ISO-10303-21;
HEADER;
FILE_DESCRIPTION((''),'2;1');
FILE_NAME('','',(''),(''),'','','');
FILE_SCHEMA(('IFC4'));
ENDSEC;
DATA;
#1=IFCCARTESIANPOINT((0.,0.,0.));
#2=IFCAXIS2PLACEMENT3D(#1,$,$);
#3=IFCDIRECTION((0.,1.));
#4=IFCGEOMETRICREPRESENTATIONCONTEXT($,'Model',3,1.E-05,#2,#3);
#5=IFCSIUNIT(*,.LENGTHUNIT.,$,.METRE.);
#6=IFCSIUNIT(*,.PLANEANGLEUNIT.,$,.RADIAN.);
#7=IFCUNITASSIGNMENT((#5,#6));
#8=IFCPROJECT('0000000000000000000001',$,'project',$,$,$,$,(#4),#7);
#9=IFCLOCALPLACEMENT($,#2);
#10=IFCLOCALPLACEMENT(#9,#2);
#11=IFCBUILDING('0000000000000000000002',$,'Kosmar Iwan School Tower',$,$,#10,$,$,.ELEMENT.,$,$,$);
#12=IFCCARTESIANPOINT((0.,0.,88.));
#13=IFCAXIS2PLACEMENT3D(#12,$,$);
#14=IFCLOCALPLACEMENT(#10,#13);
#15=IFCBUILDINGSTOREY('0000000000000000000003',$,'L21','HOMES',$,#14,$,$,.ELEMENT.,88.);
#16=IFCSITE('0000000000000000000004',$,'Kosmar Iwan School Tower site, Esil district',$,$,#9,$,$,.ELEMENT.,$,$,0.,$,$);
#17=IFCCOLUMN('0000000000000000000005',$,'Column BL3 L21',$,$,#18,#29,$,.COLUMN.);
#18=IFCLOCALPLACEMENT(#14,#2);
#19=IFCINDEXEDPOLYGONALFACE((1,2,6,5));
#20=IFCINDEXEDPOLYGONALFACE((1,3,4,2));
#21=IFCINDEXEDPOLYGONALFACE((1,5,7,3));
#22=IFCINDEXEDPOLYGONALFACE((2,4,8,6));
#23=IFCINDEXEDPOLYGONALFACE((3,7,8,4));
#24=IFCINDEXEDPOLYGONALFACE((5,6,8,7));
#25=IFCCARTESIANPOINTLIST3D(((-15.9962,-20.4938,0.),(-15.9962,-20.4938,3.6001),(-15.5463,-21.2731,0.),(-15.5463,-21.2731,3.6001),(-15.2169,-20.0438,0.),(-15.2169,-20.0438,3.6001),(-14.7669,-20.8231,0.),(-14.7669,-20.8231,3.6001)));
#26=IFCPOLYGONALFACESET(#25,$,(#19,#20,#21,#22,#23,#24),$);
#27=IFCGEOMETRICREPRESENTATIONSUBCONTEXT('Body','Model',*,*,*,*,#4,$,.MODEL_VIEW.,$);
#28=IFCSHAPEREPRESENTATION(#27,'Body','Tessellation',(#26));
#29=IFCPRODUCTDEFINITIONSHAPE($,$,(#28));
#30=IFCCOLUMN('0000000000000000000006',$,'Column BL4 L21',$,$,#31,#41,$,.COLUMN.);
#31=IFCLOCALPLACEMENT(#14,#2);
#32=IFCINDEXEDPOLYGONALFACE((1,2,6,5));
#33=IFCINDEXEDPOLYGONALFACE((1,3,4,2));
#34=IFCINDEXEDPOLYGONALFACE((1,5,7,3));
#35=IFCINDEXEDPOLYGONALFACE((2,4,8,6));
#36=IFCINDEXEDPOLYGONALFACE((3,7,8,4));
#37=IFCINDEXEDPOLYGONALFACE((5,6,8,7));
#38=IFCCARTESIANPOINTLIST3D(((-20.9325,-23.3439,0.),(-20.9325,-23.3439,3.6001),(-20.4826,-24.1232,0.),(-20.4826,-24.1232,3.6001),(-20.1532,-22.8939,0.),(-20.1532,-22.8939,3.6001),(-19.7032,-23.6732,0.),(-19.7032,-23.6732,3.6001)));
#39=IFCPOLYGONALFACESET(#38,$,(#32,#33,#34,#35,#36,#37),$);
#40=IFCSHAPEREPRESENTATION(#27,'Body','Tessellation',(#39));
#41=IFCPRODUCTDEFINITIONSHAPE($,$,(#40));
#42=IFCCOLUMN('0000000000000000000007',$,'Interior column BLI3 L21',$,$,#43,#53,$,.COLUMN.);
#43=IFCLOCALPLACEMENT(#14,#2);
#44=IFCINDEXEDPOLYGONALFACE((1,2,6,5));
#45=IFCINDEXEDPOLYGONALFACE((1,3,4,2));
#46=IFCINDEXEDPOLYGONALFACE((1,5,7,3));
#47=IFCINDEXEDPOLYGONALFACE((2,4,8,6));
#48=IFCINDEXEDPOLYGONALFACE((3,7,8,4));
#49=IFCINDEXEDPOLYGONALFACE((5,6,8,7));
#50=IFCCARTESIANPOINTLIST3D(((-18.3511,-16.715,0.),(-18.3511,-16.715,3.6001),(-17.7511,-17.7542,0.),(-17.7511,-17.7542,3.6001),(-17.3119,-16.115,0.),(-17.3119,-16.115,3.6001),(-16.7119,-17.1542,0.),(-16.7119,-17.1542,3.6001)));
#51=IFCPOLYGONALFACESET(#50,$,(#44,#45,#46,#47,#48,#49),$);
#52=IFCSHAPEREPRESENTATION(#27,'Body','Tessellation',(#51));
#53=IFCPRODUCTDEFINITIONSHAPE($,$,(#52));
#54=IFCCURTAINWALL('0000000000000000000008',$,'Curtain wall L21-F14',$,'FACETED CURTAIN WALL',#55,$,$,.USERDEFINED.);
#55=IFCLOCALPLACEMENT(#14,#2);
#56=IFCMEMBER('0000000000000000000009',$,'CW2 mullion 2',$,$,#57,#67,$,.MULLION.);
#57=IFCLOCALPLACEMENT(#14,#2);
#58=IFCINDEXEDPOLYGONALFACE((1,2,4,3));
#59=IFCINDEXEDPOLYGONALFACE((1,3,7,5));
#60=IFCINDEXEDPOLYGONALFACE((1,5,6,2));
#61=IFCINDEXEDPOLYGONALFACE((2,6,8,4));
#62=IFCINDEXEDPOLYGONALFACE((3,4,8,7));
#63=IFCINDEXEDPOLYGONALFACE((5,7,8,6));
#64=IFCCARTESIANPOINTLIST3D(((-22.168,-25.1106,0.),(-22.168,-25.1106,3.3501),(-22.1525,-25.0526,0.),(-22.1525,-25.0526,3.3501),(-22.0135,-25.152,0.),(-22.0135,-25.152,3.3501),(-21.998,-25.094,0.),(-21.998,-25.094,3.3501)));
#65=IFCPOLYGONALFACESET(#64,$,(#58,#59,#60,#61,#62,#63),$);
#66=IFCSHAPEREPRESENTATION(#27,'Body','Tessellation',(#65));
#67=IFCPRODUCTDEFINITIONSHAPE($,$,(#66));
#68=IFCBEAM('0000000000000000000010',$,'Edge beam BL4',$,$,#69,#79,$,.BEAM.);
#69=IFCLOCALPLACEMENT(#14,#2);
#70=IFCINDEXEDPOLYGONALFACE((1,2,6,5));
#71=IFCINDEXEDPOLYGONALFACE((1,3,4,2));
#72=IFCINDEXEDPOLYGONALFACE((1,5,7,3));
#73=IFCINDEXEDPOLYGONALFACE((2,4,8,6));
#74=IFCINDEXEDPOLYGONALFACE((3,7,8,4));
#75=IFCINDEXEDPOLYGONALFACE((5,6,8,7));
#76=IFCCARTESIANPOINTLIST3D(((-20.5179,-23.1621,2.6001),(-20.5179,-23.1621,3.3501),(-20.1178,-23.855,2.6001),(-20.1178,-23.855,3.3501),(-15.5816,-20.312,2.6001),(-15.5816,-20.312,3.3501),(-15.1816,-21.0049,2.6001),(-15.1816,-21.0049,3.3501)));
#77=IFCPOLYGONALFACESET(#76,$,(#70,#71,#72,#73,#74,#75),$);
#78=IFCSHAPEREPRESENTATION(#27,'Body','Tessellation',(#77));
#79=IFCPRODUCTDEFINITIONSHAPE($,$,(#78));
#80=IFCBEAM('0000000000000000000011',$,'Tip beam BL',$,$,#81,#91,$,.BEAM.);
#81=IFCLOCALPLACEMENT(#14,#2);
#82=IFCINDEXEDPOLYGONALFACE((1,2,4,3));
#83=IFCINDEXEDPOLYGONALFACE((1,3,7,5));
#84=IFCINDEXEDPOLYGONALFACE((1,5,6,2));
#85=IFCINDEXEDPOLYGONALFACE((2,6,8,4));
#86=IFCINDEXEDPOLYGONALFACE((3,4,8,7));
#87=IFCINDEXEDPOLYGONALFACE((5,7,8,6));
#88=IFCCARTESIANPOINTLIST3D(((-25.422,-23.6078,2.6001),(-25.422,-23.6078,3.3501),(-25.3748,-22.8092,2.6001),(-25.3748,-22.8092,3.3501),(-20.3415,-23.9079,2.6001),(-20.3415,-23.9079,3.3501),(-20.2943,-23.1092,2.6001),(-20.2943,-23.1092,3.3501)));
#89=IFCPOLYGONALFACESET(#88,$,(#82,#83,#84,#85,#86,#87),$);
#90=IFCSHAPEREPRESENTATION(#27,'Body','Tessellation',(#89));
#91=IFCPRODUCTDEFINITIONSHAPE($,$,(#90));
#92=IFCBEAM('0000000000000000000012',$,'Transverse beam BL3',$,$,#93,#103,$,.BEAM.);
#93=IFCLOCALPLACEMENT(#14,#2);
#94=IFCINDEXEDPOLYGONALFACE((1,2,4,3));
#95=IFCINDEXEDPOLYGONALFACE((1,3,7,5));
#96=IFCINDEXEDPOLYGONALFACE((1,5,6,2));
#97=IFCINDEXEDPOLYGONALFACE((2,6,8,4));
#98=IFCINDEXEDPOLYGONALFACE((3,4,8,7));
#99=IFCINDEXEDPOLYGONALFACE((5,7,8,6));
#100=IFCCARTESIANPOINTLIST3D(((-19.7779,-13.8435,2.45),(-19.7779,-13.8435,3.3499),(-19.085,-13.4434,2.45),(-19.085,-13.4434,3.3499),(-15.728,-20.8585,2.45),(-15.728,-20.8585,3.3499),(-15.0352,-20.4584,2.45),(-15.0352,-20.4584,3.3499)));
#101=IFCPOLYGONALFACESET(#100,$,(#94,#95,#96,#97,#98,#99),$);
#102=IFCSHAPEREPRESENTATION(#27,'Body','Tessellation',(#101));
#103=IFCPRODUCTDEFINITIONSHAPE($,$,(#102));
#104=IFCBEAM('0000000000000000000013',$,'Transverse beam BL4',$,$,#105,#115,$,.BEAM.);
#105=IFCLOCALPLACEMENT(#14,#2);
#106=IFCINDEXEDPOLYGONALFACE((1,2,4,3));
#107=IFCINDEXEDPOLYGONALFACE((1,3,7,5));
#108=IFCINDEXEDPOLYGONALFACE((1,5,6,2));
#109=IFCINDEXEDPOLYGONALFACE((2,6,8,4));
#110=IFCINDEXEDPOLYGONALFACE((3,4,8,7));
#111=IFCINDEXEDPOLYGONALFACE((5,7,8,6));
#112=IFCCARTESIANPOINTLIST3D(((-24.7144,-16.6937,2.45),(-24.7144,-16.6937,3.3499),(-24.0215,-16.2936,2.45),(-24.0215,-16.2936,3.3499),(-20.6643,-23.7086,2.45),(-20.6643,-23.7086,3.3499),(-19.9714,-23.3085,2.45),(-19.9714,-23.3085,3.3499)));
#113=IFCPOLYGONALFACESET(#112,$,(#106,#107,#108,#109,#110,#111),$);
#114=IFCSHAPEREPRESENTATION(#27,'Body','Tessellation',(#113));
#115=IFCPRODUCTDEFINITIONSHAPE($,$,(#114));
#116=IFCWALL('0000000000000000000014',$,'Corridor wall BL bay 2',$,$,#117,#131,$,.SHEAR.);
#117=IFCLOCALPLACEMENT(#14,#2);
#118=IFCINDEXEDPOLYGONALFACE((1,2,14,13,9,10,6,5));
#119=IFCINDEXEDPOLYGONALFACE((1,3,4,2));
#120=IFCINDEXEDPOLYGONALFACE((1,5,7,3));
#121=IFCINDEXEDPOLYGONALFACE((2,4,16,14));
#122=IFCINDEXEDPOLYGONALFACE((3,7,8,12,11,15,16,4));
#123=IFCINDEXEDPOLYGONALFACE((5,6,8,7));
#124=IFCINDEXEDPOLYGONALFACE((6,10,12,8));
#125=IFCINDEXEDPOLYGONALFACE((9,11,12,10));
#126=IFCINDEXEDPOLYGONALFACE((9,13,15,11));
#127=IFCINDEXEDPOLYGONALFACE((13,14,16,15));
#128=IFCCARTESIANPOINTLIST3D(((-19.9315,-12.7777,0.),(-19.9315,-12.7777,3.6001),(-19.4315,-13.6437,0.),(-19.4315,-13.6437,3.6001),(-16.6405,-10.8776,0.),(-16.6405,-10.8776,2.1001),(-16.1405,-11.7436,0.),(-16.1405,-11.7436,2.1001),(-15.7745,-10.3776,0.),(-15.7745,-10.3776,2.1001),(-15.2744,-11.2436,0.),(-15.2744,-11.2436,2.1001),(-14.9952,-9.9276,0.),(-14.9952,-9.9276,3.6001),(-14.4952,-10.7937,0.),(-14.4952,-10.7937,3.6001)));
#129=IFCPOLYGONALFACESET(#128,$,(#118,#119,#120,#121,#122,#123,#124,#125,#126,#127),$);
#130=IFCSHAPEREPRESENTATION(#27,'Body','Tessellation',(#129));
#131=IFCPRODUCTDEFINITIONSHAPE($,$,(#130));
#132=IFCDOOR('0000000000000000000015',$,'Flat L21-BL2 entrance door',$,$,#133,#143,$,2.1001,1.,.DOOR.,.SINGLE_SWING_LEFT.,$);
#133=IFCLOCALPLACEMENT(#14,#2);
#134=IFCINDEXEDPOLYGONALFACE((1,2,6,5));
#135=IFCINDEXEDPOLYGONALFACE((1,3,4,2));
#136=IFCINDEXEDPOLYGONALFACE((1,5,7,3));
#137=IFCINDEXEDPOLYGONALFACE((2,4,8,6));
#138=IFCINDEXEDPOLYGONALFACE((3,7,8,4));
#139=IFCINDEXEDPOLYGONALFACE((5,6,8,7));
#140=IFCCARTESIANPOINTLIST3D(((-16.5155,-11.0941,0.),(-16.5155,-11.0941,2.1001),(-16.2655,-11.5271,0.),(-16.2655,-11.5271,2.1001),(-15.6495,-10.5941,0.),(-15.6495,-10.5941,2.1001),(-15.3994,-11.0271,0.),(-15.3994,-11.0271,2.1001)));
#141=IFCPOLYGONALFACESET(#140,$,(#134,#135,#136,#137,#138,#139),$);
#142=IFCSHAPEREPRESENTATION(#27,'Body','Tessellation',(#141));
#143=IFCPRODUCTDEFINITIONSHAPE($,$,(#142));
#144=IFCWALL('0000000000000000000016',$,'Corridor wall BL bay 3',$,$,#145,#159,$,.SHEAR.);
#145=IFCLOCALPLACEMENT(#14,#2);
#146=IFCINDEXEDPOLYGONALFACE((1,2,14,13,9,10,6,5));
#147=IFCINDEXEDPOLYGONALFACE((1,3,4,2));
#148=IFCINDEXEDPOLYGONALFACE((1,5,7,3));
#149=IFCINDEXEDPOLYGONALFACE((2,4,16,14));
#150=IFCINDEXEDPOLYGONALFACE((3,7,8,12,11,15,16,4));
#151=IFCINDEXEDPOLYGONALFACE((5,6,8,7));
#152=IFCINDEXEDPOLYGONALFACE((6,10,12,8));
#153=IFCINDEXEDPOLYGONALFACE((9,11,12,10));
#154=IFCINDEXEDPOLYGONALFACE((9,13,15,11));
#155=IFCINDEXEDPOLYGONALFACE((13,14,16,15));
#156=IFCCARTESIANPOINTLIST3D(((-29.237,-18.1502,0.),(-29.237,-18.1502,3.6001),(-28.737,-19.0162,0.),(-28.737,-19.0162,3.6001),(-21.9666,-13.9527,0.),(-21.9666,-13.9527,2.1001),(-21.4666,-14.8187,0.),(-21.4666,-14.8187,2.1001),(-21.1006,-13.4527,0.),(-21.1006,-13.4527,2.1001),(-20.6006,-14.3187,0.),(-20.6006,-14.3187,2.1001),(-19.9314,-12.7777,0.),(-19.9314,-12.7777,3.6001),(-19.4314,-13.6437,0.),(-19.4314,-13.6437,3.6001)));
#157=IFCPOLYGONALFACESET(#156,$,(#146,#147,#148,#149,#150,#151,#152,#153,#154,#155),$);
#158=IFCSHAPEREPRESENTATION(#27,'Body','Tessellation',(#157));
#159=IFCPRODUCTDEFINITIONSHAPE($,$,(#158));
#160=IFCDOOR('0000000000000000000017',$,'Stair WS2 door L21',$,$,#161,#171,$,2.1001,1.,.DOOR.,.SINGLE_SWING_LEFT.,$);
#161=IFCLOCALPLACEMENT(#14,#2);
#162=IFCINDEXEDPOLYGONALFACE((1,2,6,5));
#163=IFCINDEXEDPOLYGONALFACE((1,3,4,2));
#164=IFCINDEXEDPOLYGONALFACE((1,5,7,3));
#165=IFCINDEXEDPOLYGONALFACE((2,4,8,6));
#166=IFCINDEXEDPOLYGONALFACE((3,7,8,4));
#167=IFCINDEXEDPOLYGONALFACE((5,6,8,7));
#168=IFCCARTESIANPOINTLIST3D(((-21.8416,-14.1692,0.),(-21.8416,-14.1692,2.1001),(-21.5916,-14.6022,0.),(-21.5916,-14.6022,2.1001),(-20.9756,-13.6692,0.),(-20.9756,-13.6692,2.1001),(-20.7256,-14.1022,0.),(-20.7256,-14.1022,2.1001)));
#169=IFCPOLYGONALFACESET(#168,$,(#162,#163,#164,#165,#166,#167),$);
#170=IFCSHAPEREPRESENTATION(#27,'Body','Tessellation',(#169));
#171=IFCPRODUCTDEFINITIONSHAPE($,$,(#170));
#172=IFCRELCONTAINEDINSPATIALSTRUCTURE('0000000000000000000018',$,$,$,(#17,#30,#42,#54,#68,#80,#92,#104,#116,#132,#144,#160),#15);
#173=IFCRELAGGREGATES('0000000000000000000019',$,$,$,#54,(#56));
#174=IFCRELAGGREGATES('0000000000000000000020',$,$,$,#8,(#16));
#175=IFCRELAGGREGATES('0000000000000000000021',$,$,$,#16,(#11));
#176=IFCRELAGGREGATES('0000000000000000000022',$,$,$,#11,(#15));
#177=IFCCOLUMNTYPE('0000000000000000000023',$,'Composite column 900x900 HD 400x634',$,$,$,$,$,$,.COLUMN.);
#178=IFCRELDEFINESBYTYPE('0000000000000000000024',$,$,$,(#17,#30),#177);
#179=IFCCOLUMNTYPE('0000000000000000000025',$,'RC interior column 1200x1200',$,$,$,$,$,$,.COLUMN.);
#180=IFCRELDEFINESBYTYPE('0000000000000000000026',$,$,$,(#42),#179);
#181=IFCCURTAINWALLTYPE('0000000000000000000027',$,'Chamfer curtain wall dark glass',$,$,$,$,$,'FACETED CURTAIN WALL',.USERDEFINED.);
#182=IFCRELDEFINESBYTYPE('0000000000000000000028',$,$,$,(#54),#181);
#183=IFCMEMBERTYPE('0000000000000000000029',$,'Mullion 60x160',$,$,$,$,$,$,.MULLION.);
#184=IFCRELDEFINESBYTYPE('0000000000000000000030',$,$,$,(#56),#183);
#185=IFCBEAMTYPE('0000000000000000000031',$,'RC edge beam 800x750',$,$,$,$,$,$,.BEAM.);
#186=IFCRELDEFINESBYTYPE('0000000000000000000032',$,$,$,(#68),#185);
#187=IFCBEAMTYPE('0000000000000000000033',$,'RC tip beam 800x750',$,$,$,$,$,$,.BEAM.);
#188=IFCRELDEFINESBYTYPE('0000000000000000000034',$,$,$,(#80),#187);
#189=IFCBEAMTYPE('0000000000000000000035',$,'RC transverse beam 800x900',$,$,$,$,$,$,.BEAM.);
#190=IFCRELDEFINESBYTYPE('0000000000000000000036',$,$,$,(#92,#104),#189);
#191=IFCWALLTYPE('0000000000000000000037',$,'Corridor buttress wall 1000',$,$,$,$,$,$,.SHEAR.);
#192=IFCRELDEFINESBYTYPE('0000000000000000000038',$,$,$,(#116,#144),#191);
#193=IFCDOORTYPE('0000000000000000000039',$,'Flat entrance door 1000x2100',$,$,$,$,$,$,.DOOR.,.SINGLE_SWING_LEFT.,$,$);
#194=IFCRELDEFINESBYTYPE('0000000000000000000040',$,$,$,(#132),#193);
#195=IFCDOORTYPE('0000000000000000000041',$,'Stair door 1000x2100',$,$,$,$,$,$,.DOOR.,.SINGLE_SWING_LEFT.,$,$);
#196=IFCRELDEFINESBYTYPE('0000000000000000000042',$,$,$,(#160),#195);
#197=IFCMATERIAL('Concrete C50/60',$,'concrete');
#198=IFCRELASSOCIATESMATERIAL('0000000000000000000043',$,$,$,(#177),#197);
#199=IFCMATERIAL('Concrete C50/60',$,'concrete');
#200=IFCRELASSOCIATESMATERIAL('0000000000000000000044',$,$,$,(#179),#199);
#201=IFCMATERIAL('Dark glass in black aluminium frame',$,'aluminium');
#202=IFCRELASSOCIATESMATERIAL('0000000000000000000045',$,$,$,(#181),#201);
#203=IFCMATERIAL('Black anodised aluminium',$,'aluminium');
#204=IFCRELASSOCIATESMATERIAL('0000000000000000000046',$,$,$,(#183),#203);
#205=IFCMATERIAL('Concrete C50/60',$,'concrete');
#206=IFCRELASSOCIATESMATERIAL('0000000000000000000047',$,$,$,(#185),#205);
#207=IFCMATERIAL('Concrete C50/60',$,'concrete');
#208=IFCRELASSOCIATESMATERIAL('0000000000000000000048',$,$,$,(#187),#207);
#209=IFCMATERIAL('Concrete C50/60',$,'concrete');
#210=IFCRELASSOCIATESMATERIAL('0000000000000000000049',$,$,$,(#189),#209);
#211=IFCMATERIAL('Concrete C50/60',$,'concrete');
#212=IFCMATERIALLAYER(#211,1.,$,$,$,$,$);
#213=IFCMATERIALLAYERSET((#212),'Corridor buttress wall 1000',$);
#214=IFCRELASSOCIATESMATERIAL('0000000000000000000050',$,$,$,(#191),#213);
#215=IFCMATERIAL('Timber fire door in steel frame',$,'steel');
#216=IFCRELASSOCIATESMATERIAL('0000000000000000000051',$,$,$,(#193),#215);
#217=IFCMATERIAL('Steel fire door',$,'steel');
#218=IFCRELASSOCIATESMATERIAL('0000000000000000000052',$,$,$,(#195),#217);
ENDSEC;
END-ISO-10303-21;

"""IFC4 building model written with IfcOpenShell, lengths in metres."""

from ifc_helpers import new_model, si_unit, direction, frame, frame_2d, origin, origin_2d, place, context, subcontext, project, spatial, rectangle, extrude, material, layer, layer_set, material_profile, profile_set, type_object, element, fill, aggregate, save


model = new_model("IFC4")

# Units and contexts
model_context = context("Model", 3, precision=1e-05, world=origin(), true_north=direction((0.0, 1.0)))
body_context = subcontext(model_context, "Body", "Model", "MODEL_VIEW")
ifc_project = project(units=[si_unit("LENGTHUNIT", "METRE"), si_unit("PLANEANGLEUNIT", "RADIAN")], contexts=[model_context])

# Site, building, storey
site_placement = place(None, origin())
site = spatial("IfcSite", under=ifc_project, at=site_placement, Name="Kosmar Iwan School Tower site, Esil district", CompositionType="ELEMENT", RefElevation=0.0)
building_placement = place(site_placement, origin())
building = spatial("IfcBuilding", under=site, at=building_placement, Name="Kosmar Iwan School Tower", CompositionType="ELEMENT")
storey_placement = place(building_placement, frame((0.0, 0.0, 88.0)))
storey = spatial("IfcBuildingStorey", under=building, at=storey_placement, Name="L21", Description="HOMES", CompositionType="ELEMENT", Elevation=88.0)

# Columns
ifc_material_1 = material(Name="Concrete C50/60", Category="concrete")
ifc_material_profile_1 = material_profile(ifc_material_1, rectangle(XDim=0.8999, YDim=0.8999, at=origin_2d()), Name="RC 900x900 + HD 400x634")
ifc_profile_set_1 = profile_set([ifc_material_profile_1], Name="Concrete C50/60")
column_type_1 = type_object("IfcColumnType", Name="Composite column 900x900 HD 400x634", PredefinedType="COLUMN", material=ifc_profile_set_1)
for number, where, z_axis, x_axis, name in (
    (1, (-15.3816, -20.6584, 0.0), (0.0, 0.0, 1.0), (-0.866025, -0.5, 0.0), "Column BL3 L21"),
    (2, (-20.3179, -23.5085, 0.0), (0.0, 0.0, 1.0), (-0.866025, -0.5, 0.0), "Column BL4 L21"),
):
    element("IfcColumn", number, at=place(storey_placement, frame(where, z_axis=z_axis, x_axis=x_axis)), inside=storey, type_object=column_type_1, Name=name, PredefinedType="COLUMN", context=body_context, shape_type="SweptSolid", body=[
        extrude(rectangle(XDim=0.8999, YDim=0.8999, at=origin_2d()), origin(), (0.0, 0.0, 1.0), 3.6001),
    ])
ifc_material_2 = material(Name="Concrete C50/60", Category="concrete")
ifc_material_profile_2 = material_profile(ifc_material_2, rectangle(XDim=1.2, YDim=1.2, at=origin_2d()), Name="RC 1200x1200")
ifc_profile_set_2 = profile_set([ifc_material_profile_2], Name="Concrete C50/60")
column_type_2 = type_object("IfcColumnType", Name="RC interior column 1200x1200", PredefinedType="COLUMN", material=ifc_profile_set_2)
column_placement = place(storey_placement, frame((-17.5315, -16.9346, 0.0), z_axis=(0.0, 0.0, 1.0), x_axis=(-0.866025, -0.5, 0.0)))
element("IfcColumn", 3, at=column_placement, inside=storey, type_object=column_type_2, Name="Interior column BLI3 L21", PredefinedType="COLUMN", context=body_context, shape_type="SweptSolid", body=[
    extrude(rectangle(XDim=1.2, YDim=1.2, at=origin_2d()), origin(), (0.0, 0.0, 1.0), 3.6001),
])

# Curtain wall, member
ifc_material_3 = material(Name="Dark glass in black aluminium frame", Category="aluminium")
curtain_wall_type = type_object("IfcCurtainWallType", Name="Chamfer curtain wall dark glass", ElementType="FACETED CURTAIN WALL", PredefinedType="USERDEFINED", material=ifc_material_3)
curtain_wall_placement = place(storey_placement, origin())
curtain_wall = element("IfcCurtainWall", 4, at=curtain_wall_placement, inside=storey, type_object=curtain_wall_type, Name="Curtain wall L21-F14", ObjectType="FACETED CURTAIN WALL", PredefinedType="USERDEFINED")
ifc_material_4 = material(Name="Black anodised aluminium", Category="aluminium")
ifc_material_profile_3 = material_profile(ifc_material_4, rectangle(XDim=0.0601, YDim=0.1599, at=origin_2d()), Name="MULLION 60x160")
ifc_profile_set_3 = profile_set([ifc_material_profile_3], Name="Black anodised aluminium")
member_type = type_object("IfcMemberType", Name="Mullion 60x160", PredefinedType="MULLION", material=ifc_profile_set_3)
member_placement = place(storey_placement, frame((-22.083, -25.1023, 0.0), z_axis=(0.0, 0.0, 1.0), x_axis=(0.258819, 0.965926, 0.0)))
member = element("IfcMember", 5, at=member_placement, type_object=member_type, Name="CW2 mullion 2", PredefinedType="MULLION", context=body_context, shape_type="SweptSolid", body=[
    extrude(rectangle(XDim=0.0601, YDim=0.1599, at=origin_2d()), origin(), (0.0, 0.0, 1.0), 3.3501),
])
aggregate(curtain_wall, [member])

# Beams
ifc_material_5 = material(Name="Concrete C50/60", Category="concrete")
ifc_material_profile_4 = material_profile(ifc_material_5, rectangle(XDim=0.8, YDim=0.75, at=origin_2d()), Name="RC 800x750")
ifc_profile_set_4 = profile_set([ifc_material_profile_4], Name="Concrete C50/60")
beam_type_1 = type_object("IfcBeamType", Name="RC edge beam 800x750", PredefinedType="BEAM", material=ifc_profile_set_4)
beam_1_placement = place(storey_placement, frame((-15.3816, -20.6584, 2.9751), z_axis=(-0.866015, -0.500018, 0.0), x_axis=(0.500018, -0.866015, 0.0)))
element("IfcBeam", 6, at=beam_1_placement, inside=storey, type_object=beam_type_1, Name="Edge beam BL4", PredefinedType="BEAM", context=body_context, shape_type="SweptSolid", body=[
    extrude(rectangle(XDim=0.8, YDim=0.75, at=origin_2d()), origin(), (0.0, 0.0, 1.0), 5.7),
])
ifc_material_6 = material(Name="Concrete C50/60", Category="concrete")
ifc_material_profile_5 = material_profile(ifc_material_6, rectangle(XDim=0.8, YDim=0.75, at=origin_2d()), Name="RC 800x750")
ifc_profile_set_5 = profile_set([ifc_material_profile_5], Name="Concrete C50/60")
beam_type_2 = type_object("IfcBeamType", Name="RC tip beam 800x750", PredefinedType="BEAM", material=ifc_profile_set_5)
beam_2_placement = place(storey_placement, frame((-20.3179, -23.5085, 2.9751), z_axis=(-0.998261, 0.058955, 0.0), x_axis=(-0.058955, -0.998261, 0.0)))
element("IfcBeam", 7, at=beam_2_placement, inside=storey, type_object=beam_type_2, Name="Tip beam BL", PredefinedType="BEAM", context=body_context, shape_type="SweptSolid", body=[
    extrude(rectangle(XDim=0.8, YDim=0.75, at=origin_2d()), origin(), (0.0, 0.0, 1.0), 5.0894),
])
ifc_material_7 = material(Name="Concrete C50/60", Category="concrete")
ifc_material_profile_6 = material_profile(ifc_material_7, rectangle(XDim=0.8, YDim=0.8999, at=origin_2d()), Name="RC 800x900")
ifc_profile_set_6 = profile_set([ifc_material_profile_6], Name="Concrete C50/60")
beam_type_3 = type_object("IfcBeamType", Name="RC transverse beam 800x900", PredefinedType="BEAM", material=ifc_profile_set_6)
for number, where, z_axis, x_axis, name in (
    (8, (-15.3816, -20.6584, 2.8999), (-0.499977, 0.866039, 0.0), (-0.866039, -0.499977, 0.0), "Transverse beam BL3"),
    (9, (-20.3179, -23.5085, 2.8999), (-0.5, 0.866025, 0.0), (-0.866025, -0.5, 0.0), "Transverse beam BL4"),
):
    element("IfcBeam", number, at=place(storey_placement, frame(where, z_axis=z_axis, x_axis=x_axis)), inside=storey, type_object=beam_type_3, Name=name, PredefinedType="BEAM", context=body_context, shape_type="SweptSolid", body=[
        extrude(rectangle(XDim=0.8, YDim=0.8999, at=origin_2d()), origin(), (0.0, 0.0, 1.0), 8.1001),
    ])

# Walls, openings, doors
ifc_material_8 = material(Name="Concrete C50/60", Category="concrete")
ifc_layer_1 = layer(ifc_material_8, 1.0)
ifc_layer_set_1 = layer_set([ifc_layer_1], Name="Corridor buttress wall 1000")
wall_type_1 = type_object("IfcWallType", Name="Corridor buttress wall 1000", PredefinedType="SHEAR", material=ifc_layer_set_1)
wall_1_placement = place(storey_placement, frame((-14.7451, -10.3606, 0.0), z_axis=(0.0, 0.0, 1.0), x_axis=(-0.866015, -0.500018, 0.0)))
wall_1 = element("IfcWall", 10, at=wall_1_placement, inside=storey, type_object=wall_type_1, Name="Corridor wall BL bay 2", PredefinedType="SHEAR", context=body_context, shape_type="SweptSolid", body=[
    extrude(rectangle(XDim=5.7, YDim=1.0, at=frame_2d((2.8501, 0.0))), origin(), (0.0, 0.0, 1.0), 3.6001),
])
opening_1_placement = place(wall_1_placement, frame((0.8999, 0.0, 0.0)))
opening_1 = element("IfcOpeningElement", 11, at=opening_1_placement, cuts=wall_1, PredefinedType="OPENING", context=body_context, shape_type="SweptSolid", body=[
    extrude(rectangle(XDim=1.0, YDim=2.1001, at=frame_2d((0.5, 1.05))), frame((0.0, 0.512, 0.0), z_axis=(0.0, -1.0, 0.0), x_axis=(1.0, 0.0, 0.0)), (0.0, 0.0, 1.0), 1.0239),
])
ifc_material_9 = material(Name="Timber fire door in steel frame", Category="steel")
door_type_1 = type_object("IfcDoorType", Name="Flat entrance door 1000x2100", OperationType="SINGLE_SWING_LEFT", PredefinedType="DOOR", material=ifc_material_9)
door_1_placement = place(opening_1_placement, origin())
door_1 = element("IfcDoor", 12, at=door_1_placement, inside=storey, type_object=door_type_1, Name="Flat L21-BL2 entrance door", OperationType="SINGLE_SWING_LEFT", OverallHeight=2.1001, OverallWidth=1.0, PredefinedType="DOOR", context=body_context, shape_type="SweptSolid", body=[
    extrude(rectangle(XDim=1.0, YDim=2.1001, at=frame_2d((0.5, 1.05))), frame((0.0, 0.25, 0.0), z_axis=(0.0, -1.0, 0.0), x_axis=(1.0, 0.0, 0.0)), (0.0, 0.0, 1.0), 0.5),
])
fill(opening_1, door_1)
wall_2_placement = place(storey_placement, frame((-19.6814, -13.2107, 0.0), z_axis=(0.0, 0.0, 1.0), x_axis=(-0.866028, -0.499995, 0.0)))
wall_2 = element("IfcWall", 13, at=wall_2_placement, inside=storey, type_object=wall_type_1, Name="Corridor wall BL bay 3", PredefinedType="SHEAR", context=body_context, shape_type="SweptSolid", body=[
    extrude(rectangle(XDim=10.7451, YDim=1.0, at=frame_2d((5.3726, 0.0))), origin(), (0.0, 0.0, 1.0), 3.6001),
])
opening_2_placement = place(wall_2_placement, frame((1.3501, 0.0, 0.0)))
opening_2 = element("IfcOpeningElement", 14, at=opening_2_placement, cuts=wall_2, PredefinedType="OPENING", context=body_context, shape_type="SweptSolid", body=[
    extrude(rectangle(XDim=1.0, YDim=2.1001, at=frame_2d((0.5, 1.05))), frame((0.0, 0.512, 0.0), z_axis=(0.0, -1.0, 0.0), x_axis=(1.0, 0.0, 0.0)), (0.0, 0.0, 1.0), 1.0239),
])
ifc_material_10 = material(Name="Steel fire door", Category="steel")
door_type_2 = type_object("IfcDoorType", Name="Stair door 1000x2100", OperationType="SINGLE_SWING_LEFT", PredefinedType="DOOR", material=ifc_material_10)
door_2_placement = place(opening_2_placement, origin())
door_2 = element("IfcDoor", 15, at=door_2_placement, inside=storey, type_object=door_type_2, Name="Stair WS2 door L21", OperationType="SINGLE_SWING_LEFT", OverallHeight=2.1001, OverallWidth=1.0, PredefinedType="DOOR", context=body_context, shape_type="SweptSolid", body=[
    extrude(rectangle(XDim=1.0, YDim=2.1001, at=frame_2d((0.5, 1.05))), frame((0.0, 0.25, 0.0), z_axis=(0.0, -1.0, 0.0), x_axis=(1.0, 0.0, 0.0)), (0.0, 0.0, 1.0), 0.5),
])
fill(opening_2, door_2)

save(model, "model.ifc")
